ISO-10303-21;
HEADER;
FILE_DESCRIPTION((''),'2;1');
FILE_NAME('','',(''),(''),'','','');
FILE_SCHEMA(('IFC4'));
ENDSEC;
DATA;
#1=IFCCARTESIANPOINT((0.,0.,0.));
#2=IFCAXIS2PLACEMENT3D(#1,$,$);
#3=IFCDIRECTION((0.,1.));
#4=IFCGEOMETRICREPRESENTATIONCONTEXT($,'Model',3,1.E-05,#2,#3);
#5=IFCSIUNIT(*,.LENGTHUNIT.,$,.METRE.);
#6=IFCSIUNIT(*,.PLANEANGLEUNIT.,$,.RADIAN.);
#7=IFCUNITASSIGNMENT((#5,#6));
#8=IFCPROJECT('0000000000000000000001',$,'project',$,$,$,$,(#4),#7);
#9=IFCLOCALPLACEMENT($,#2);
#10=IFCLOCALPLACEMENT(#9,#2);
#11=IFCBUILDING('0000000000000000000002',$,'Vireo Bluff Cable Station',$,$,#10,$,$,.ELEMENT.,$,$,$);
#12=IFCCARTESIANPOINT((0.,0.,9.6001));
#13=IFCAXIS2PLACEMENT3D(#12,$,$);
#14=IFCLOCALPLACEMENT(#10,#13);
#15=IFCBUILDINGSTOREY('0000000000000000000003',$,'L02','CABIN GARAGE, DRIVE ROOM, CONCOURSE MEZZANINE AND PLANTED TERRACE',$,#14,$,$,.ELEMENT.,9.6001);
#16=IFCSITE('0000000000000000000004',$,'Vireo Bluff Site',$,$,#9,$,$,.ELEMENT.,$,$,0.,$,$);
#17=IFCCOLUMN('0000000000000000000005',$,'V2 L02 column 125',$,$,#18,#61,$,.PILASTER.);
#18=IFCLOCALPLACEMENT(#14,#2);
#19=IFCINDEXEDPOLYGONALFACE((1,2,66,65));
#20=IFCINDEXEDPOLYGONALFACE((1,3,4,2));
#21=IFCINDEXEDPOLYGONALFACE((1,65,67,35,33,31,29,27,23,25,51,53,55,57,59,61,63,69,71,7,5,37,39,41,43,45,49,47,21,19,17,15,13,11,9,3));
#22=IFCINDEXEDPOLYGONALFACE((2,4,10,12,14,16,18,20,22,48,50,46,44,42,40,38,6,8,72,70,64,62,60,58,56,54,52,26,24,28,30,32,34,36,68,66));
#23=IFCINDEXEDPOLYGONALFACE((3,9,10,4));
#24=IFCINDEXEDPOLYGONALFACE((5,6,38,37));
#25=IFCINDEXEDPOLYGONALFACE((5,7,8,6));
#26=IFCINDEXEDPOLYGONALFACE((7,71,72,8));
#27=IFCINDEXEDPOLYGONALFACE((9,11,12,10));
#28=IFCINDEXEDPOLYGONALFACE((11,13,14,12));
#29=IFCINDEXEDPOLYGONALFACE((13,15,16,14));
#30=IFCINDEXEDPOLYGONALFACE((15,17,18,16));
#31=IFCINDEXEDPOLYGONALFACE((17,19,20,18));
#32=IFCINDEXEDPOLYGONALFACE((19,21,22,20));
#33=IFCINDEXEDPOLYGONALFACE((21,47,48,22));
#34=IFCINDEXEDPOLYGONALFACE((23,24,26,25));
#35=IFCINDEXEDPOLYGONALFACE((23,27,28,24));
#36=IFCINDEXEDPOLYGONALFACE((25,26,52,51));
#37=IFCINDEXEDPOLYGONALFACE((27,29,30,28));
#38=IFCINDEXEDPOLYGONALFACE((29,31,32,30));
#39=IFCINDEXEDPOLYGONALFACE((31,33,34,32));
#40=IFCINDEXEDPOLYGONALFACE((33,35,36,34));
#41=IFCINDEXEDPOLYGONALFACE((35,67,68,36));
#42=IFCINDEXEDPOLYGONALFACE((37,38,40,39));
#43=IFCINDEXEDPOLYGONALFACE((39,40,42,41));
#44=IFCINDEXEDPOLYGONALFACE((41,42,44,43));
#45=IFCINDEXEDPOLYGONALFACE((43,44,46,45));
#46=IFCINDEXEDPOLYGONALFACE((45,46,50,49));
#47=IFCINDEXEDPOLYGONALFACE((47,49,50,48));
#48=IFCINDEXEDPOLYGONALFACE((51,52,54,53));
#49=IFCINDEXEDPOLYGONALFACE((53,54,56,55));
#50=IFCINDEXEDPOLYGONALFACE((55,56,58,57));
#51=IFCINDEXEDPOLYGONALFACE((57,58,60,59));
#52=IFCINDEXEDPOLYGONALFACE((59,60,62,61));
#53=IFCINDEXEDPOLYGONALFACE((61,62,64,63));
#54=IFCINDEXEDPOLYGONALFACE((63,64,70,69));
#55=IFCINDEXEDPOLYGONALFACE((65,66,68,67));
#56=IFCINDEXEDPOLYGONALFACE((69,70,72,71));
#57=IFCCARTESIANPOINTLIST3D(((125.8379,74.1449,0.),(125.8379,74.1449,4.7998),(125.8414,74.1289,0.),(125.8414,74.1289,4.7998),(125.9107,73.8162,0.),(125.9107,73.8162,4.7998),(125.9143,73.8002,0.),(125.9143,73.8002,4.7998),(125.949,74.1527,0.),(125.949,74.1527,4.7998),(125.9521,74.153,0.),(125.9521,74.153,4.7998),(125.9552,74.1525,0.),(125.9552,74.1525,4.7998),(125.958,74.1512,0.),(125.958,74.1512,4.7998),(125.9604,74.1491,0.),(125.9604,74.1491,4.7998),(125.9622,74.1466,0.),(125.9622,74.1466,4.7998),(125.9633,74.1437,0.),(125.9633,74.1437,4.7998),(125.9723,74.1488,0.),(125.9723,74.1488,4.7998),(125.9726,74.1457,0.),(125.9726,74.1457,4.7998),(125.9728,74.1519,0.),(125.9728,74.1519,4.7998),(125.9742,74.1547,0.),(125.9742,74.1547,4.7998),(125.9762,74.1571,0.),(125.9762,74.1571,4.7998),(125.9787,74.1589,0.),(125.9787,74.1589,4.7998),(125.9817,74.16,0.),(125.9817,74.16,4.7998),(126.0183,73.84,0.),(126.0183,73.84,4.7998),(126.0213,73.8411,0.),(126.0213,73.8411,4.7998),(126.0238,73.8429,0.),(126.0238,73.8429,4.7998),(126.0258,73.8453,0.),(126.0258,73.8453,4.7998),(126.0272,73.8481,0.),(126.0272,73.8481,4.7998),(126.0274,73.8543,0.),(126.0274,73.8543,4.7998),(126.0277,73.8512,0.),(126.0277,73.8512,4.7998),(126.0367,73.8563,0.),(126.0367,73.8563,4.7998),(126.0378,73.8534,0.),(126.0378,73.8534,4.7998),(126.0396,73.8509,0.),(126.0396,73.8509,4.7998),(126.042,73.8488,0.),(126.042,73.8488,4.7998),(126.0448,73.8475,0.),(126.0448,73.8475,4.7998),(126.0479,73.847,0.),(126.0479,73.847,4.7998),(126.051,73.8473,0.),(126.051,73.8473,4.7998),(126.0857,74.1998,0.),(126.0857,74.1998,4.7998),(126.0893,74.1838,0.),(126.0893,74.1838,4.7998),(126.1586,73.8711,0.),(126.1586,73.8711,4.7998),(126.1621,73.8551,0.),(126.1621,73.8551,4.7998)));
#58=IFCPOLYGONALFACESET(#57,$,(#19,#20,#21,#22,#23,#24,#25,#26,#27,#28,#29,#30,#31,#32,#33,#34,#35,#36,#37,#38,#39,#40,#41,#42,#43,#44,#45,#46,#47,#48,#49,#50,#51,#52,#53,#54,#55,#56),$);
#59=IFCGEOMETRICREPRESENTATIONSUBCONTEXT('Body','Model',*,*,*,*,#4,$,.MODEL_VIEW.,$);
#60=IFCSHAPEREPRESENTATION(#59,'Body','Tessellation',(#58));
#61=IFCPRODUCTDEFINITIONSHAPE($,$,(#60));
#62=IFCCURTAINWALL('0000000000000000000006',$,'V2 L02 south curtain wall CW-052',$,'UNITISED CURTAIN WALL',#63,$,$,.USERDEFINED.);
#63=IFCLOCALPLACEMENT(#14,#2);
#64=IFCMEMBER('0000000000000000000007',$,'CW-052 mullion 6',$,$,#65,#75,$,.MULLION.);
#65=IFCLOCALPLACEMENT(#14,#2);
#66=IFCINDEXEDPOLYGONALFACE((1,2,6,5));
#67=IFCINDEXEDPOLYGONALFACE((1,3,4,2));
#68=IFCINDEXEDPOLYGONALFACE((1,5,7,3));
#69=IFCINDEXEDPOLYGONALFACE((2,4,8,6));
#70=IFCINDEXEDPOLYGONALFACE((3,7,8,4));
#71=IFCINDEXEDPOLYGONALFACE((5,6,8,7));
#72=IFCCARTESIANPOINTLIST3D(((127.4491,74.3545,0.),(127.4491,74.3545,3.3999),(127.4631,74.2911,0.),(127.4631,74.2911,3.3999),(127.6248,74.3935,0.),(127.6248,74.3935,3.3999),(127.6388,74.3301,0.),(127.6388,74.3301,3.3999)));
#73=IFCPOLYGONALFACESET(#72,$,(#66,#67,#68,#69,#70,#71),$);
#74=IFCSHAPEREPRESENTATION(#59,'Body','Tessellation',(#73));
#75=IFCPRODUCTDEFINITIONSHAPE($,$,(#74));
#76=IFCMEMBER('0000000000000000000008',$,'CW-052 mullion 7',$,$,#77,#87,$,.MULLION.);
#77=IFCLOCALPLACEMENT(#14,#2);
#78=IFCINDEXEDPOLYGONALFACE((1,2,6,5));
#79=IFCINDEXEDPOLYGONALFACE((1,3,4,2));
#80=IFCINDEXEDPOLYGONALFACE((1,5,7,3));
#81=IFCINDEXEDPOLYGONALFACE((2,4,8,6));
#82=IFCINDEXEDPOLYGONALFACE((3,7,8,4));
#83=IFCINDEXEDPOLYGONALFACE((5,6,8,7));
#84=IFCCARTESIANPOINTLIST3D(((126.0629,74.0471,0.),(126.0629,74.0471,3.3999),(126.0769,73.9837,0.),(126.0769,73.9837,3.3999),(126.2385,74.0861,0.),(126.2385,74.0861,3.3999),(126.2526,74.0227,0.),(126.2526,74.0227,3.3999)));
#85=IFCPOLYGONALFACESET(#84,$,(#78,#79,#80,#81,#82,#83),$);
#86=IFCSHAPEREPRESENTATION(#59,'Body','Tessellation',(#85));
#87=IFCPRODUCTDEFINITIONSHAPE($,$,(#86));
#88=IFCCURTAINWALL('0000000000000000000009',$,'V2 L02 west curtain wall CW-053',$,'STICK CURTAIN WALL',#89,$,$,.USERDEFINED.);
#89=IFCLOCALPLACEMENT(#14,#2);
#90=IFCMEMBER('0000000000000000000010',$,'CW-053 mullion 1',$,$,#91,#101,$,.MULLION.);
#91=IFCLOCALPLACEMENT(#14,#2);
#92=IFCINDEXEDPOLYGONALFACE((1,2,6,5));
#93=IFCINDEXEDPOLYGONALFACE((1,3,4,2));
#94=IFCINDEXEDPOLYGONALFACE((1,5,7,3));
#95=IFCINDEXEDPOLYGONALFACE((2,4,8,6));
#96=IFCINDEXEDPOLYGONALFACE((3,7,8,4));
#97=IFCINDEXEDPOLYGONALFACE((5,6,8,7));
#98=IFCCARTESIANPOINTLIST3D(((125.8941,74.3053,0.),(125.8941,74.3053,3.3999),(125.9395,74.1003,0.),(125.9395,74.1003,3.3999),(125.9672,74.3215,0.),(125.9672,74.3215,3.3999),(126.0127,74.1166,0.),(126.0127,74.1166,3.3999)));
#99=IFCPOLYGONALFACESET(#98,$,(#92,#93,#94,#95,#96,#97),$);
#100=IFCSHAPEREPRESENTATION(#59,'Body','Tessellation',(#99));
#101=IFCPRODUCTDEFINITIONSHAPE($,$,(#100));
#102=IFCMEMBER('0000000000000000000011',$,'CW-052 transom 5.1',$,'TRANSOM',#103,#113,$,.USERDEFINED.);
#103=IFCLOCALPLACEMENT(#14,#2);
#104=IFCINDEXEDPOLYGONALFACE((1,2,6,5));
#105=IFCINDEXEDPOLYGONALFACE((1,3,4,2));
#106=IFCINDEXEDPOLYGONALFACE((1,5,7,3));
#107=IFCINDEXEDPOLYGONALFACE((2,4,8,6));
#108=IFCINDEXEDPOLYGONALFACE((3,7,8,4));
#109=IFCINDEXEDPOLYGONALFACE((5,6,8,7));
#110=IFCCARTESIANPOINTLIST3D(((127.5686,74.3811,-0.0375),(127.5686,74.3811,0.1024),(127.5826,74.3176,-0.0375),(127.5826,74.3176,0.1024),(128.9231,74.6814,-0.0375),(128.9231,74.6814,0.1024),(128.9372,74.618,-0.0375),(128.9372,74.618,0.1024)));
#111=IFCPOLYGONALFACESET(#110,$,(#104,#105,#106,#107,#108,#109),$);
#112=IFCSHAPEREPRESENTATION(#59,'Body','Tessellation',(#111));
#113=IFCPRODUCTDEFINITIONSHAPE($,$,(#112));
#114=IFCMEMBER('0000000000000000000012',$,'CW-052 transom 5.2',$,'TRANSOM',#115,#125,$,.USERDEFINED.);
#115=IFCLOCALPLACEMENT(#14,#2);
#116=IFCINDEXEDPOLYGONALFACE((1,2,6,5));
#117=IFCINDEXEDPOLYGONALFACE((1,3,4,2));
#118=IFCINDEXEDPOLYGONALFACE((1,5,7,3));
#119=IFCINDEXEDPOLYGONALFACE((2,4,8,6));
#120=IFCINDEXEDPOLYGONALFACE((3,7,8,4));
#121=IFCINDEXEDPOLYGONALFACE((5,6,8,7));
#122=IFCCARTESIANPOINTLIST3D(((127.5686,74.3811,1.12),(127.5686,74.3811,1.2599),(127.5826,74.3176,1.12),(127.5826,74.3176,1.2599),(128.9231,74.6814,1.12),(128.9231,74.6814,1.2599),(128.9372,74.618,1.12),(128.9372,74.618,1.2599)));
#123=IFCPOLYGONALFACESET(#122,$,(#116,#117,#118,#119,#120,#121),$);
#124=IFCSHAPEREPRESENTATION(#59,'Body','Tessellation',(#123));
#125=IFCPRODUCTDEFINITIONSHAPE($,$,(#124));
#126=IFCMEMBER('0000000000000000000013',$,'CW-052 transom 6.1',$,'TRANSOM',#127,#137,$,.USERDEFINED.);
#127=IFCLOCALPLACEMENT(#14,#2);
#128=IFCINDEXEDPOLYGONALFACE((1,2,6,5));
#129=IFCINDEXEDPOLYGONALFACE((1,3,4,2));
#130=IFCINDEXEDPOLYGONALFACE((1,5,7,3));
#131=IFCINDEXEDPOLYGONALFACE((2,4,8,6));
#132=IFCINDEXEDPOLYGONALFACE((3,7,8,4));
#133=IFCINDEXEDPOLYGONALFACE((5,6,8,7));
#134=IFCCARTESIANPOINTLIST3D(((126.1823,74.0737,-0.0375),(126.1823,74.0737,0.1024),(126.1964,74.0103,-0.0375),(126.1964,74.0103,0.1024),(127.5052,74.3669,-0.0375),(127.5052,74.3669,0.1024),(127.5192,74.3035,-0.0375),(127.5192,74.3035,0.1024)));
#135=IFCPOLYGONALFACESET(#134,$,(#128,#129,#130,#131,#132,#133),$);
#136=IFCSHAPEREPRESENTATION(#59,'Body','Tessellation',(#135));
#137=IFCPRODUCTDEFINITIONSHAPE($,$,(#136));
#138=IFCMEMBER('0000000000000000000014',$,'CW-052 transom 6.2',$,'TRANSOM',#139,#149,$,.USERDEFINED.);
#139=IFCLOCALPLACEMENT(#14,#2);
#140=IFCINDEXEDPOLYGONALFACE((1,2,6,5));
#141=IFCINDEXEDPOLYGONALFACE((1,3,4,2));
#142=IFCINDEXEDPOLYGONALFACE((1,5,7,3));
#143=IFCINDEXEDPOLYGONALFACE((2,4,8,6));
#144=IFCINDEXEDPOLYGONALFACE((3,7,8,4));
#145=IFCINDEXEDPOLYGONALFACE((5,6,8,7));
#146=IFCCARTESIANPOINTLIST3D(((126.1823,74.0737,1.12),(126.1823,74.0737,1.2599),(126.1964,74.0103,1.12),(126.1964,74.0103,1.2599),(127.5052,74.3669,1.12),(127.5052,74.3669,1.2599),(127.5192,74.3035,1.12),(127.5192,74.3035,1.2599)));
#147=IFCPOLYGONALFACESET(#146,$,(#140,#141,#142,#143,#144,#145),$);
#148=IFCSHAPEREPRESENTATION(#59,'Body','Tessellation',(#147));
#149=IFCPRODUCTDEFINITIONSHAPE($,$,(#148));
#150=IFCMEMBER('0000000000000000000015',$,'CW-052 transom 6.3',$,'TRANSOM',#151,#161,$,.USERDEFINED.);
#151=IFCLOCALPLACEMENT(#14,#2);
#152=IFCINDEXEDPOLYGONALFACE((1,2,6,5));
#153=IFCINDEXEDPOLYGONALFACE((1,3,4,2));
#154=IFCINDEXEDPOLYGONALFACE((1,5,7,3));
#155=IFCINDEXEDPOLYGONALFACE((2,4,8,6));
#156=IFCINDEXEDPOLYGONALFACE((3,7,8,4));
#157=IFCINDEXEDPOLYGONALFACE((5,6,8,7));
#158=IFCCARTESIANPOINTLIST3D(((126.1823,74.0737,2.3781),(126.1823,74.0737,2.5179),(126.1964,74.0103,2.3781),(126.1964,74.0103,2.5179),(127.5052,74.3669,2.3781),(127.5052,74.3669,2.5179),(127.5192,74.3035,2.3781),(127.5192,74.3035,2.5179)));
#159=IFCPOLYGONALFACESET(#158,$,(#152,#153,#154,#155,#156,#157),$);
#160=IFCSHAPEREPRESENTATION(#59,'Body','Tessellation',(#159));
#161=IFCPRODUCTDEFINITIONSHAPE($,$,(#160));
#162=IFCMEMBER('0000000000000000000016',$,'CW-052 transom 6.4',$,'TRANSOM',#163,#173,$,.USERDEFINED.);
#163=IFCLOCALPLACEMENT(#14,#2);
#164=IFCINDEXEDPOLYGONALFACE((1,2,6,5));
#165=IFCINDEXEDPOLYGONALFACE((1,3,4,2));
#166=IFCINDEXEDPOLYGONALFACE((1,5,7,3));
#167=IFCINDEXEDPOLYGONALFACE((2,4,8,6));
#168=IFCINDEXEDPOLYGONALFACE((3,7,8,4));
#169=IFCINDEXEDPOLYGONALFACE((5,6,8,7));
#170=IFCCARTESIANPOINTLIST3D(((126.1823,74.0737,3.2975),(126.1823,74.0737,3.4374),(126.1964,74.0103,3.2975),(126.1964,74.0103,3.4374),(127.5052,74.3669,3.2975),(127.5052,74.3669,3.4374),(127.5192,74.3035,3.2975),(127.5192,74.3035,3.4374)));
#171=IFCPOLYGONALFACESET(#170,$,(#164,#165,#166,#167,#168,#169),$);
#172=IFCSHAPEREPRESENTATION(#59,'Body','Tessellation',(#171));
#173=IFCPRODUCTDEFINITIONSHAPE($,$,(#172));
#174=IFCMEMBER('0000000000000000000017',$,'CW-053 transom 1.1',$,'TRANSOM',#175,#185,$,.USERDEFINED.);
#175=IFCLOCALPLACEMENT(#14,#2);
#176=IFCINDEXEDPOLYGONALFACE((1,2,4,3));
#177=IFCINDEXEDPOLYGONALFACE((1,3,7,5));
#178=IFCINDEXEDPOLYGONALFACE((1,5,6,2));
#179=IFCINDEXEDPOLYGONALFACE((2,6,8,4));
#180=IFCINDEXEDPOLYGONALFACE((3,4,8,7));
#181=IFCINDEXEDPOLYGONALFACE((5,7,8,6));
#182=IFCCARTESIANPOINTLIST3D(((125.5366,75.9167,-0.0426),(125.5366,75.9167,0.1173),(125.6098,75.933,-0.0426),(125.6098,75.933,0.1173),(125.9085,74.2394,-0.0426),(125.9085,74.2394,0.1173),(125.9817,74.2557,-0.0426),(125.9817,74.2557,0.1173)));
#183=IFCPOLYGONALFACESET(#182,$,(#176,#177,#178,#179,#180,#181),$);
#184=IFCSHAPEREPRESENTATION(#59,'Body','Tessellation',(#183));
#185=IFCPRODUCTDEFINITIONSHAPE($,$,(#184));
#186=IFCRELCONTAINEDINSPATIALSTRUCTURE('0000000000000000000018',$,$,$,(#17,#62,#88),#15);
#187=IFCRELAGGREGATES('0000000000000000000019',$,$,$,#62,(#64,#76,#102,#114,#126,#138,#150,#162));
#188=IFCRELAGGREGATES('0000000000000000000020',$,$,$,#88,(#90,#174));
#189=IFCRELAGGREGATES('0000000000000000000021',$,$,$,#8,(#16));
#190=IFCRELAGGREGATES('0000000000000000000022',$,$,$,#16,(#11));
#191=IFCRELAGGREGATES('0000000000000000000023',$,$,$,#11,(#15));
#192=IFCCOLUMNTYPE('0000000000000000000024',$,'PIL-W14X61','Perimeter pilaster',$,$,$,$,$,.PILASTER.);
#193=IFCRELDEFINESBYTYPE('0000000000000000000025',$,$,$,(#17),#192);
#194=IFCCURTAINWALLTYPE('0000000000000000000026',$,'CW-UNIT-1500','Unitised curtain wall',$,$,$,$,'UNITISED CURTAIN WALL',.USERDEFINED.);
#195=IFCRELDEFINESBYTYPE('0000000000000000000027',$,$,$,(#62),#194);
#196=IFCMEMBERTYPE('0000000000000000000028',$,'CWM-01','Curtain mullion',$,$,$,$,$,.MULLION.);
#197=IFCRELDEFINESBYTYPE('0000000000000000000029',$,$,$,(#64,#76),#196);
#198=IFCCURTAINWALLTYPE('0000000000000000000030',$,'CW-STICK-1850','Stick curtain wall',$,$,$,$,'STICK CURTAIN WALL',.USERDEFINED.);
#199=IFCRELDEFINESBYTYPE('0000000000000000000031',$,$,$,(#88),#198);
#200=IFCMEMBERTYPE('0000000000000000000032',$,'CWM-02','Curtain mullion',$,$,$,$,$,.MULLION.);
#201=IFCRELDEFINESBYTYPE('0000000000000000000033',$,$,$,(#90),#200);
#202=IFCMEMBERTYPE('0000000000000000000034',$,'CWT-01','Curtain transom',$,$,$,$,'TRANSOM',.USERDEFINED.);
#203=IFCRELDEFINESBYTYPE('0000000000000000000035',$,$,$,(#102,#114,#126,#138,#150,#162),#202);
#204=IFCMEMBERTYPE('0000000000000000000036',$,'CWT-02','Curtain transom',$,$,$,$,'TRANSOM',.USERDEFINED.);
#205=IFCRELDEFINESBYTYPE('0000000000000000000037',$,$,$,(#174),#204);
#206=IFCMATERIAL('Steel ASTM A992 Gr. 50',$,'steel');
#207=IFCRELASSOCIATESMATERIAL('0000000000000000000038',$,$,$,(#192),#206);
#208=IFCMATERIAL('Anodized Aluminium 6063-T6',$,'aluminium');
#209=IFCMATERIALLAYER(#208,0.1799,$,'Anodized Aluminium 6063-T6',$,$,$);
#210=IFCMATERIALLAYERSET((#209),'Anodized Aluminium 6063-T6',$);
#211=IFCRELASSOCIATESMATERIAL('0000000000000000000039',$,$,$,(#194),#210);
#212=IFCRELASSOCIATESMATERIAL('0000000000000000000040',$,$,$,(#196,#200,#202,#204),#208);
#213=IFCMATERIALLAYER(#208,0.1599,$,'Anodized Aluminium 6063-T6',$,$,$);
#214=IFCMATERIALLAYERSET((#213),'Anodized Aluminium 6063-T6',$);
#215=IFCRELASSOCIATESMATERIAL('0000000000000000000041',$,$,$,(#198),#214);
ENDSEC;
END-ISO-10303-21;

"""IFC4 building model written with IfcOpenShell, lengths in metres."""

from ifc_helpers import new_model, si_unit, direction, frame, origin, origin_2d, place, context, subcontext, project, spatial, rectangle, i_section, extrude, material, layer, layer_set, material_profile, profile_set, type_object, element, aggregate, save


model = new_model("IFC4")

# Units and contexts
model_context = context("Model", 3, precision=1e-05, world=origin(), true_north=direction((0.0, 1.0)))
body_context = subcontext(model_context, "Body", "Model", "MODEL_VIEW")
ifc_project = project(units=[si_unit("LENGTHUNIT", "METRE"), si_unit("PLANEANGLEUNIT", "RADIAN")], contexts=[model_context])

# Site, building, storey
site_placement = place(None, origin())
site = spatial("IfcSite", under=ifc_project, at=site_placement, Name="Vireo Bluff Site", CompositionType="ELEMENT", RefElevation=0.0)
building_placement = place(site_placement, origin())
building = spatial("IfcBuilding", under=site, at=building_placement, Name="Vireo Bluff Cable Station", CompositionType="ELEMENT")
storey_placement = place(building_placement, frame((0.0, 0.0, 9.6001)))
storey = spatial("IfcBuildingStorey", under=building, at=storey_placement, Name="L02", Description="CABIN GARAGE, DRIVE ROOM, CONCOURSE MEZZANINE AND PLANTED TERRACE", CompositionType="ELEMENT", Elevation=9.6001)

# Column
ifc_material_1 = material(Name="Steel ASTM A992 Gr. 50", Category="steel")
ifc_material_profile_1 = material_profile(ifc_material_1, i_section(OverallWidth=0.2539, OverallDepth=0.353, WebThickness=0.0095, FlangeThickness=0.0164, FilletRadius=0.012, at=origin_2d()), Name="W14X61")
ifc_profile_set_1 = profile_set([ifc_material_profile_1], Name="Steel ASTM A992 Gr. 50")
column_type = type_object("IfcColumnType", Name="PIL-W14X61", Description="Perimeter pilaster", PredefinedType="PILASTER", material=ifc_profile_set_1)
column_placement = place(storey_placement, frame((126.0, 74.0, 0.0), z_axis=(0.0, 0.0, 1.0), x_axis=(0.976296, 0.21644, 0.0)))
element("IfcColumn", 1, at=column_placement, inside=storey, type_object=column_type, Name="V2 L02 column 125", PredefinedType="PILASTER", context=body_context, shape_type="SweptSolid", body=[
    extrude(i_section(OverallWidth=0.2539, OverallDepth=0.353, WebThickness=0.0095, FlangeThickness=0.0164, FilletRadius=0.012, at=origin_2d()), origin(), (0.0, 0.0, 1.0), 4.7998),
])

# Curtain wall, members
ifc_material_2 = material(Name="Anodized Aluminium 6063-T6", Category="aluminium")
ifc_layer_1 = layer(ifc_material_2, 0.1799, Name="Anodized Aluminium 6063-T6")
ifc_layer_set_1 = layer_set([ifc_layer_1], Name="Anodized Aluminium 6063-T6")
curtain_wall_type_1 = type_object("IfcCurtainWallType", Name="CW-UNIT-1500", Description="Unitised curtain wall", ElementType="UNITISED CURTAIN WALL", PredefinedType="USERDEFINED", material=ifc_layer_set_1)
curtain_wall_1_placement = place(storey_placement, origin())
curtain_wall_1 = element("IfcCurtainWall", 2, at=curtain_wall_1_placement, inside=storey, type_object=curtain_wall_type_1, Name="V2 L02 south curtain wall CW-052", ObjectType="UNITISED CURTAIN WALL", PredefinedType="USERDEFINED")
ifc_material_profile_2 = material_profile(ifc_material_2, rectangle(XDim=0.0649, YDim=0.1799, at=origin_2d()), Name="ALU-M-65X180")
ifc_profile_set_2 = profile_set([ifc_material_profile_2], Name="Anodized Aluminium 6063-T6")
member_type_1 = type_object("IfcMemberType", Name="CWM-01", Description="Curtain mullion", PredefinedType="MULLION", material=ifc_profile_set_2)
member_1_placement = place(storey_placement, frame((127.5439, 74.3423, 0.0), z_axis=(0.0, 0.0, 1.0), x_axis=(0.21644, -0.976296, 0.0)))
member_1 = element("IfcMember", 3, at=member_1_placement, type_object=member_type_1, Name="CW-052 mullion 6", PredefinedType="MULLION", context=body_context, shape_type="SweptSolid", body=[
    extrude(rectangle(XDim=0.0649, YDim=0.1799, at=origin_2d()), origin(), (0.0, 0.0, 1.0), 3.3999),
])
member_2_placement = place(storey_placement, frame((126.1577, 74.0349, 0.0), z_axis=(0.0, 0.0, 1.0), x_axis=(0.21644, -0.976296, 0.0)))
member_2 = element("IfcMember", 4, at=member_2_placement, type_object=member_type_1, Name="CW-052 mullion 7", PredefinedType="MULLION", context=body_context, shape_type="SweptSolid", body=[
    extrude(rectangle(XDim=0.0649, YDim=0.1799, at=origin_2d()), origin(), (0.0, 0.0, 1.0), 3.3999),
])

# Curtain wall, member
ifc_layer_2 = layer(ifc_material_2, 0.1599, Name="Anodized Aluminium 6063-T6")
ifc_layer_set_2 = layer_set([ifc_layer_2], Name="Anodized Aluminium 6063-T6")
curtain_wall_type_2 = type_object("IfcCurtainWallType", Name="CW-STICK-1850", Description="Stick curtain wall", ElementType="STICK CURTAIN WALL", PredefinedType="USERDEFINED", material=ifc_layer_set_2)
curtain_wall_2_placement = place(storey_placement, origin())
curtain_wall_2 = element("IfcCurtainWall", 5, at=curtain_wall_2_placement, inside=storey, type_object=curtain_wall_type_2, Name="V2 L02 west curtain wall CW-053", ObjectType="STICK CURTAIN WALL", PredefinedType="USERDEFINED")
ifc_material_profile_3 = material_profile(ifc_material_2, rectangle(XDim=0.075, YDim=0.21, at=origin_2d()), Name="ALU-M-75X210")
ifc_profile_set_3 = profile_set([ifc_material_profile_3], Name="Anodized Aluminium 6063-T6")
member_type_2 = type_object("IfcMemberType", Name="CWM-02", Description="Curtain mullion", PredefinedType="MULLION", material=ifc_profile_set_3)
member_3_placement = place(storey_placement, frame((125.9534, 74.2109, 0.0), z_axis=(0.0, 0.0, 1.0), x_axis=(-0.976296, -0.21644, 0.0)))
member_3 = element("IfcMember", 6, at=member_3_placement, type_object=member_type_2, Name="CW-053 mullion 1", PredefinedType="MULLION", context=body_context, shape_type="SweptSolid", body=[
    extrude(rectangle(XDim=0.075, YDim=0.21, at=origin_2d()), origin(), (0.0, 0.0, 1.0), 3.3999),
])

# Members
ifc_material_profile_4 = material_profile(ifc_material_2, rectangle(XDim=0.0649, YDim=0.1399, at=origin_2d()), Name="ALU-T-65X140")
ifc_profile_set_4 = profile_set([ifc_material_profile_4], Name="Anodized Aluminium 6063-T6")
member_type_3 = type_object("IfcMemberType", Name="CWT-01", Description="Curtain transom", ElementType="TRANSOM", PredefinedType="USERDEFINED", material=ifc_profile_set_4)
member_4_placement = place(storey_placement, frame((128.9302, 74.6497, 0.0325), z_axis=(-0.976295, -0.216446, 0.0), x_axis=(0.216446, -0.976295, 0.0)))
member_4 = element("IfcMember", 7, at=member_4_placement, type_object=member_type_3, Name="CW-052 transom 5.1", ObjectType="TRANSOM", PredefinedType="USERDEFINED", context=body_context, shape_type="SweptSolid", body=[
    extrude(rectangle(XDim=0.0649, YDim=0.1399, at=origin_2d()), origin(), (0.0, 0.0, 1.0), 1.3875),
])
member_5_placement = place(storey_placement, frame((128.9302, 74.6497, 1.1899), z_axis=(-0.976295, -0.216446, 0.0), x_axis=(0.216446, -0.976295, 0.0)))
member_5 = element("IfcMember", 8, at=member_5_placement, type_object=member_type_3, Name="CW-052 transom 5.2", ObjectType="TRANSOM", PredefinedType="USERDEFINED", context=body_context, shape_type="SweptSolid", body=[
    extrude(rectangle(XDim=0.0649, YDim=0.1399, at=origin_2d()), origin(), (0.0, 0.0, 1.0), 1.3875),
])
member_6_placement = place(storey_placement, frame((127.5122, 74.3352, 0.0325), z_axis=(-0.976301, -0.216415, 0.0), x_axis=(0.216415, -0.976301, 0.0)))
member_6 = element("IfcMember", 9, at=member_6_placement, type_object=member_type_3, Name="CW-052 transom 6.1", ObjectType="TRANSOM", PredefinedType="USERDEFINED", context=body_context, shape_type="SweptSolid", body=[
    extrude(rectangle(XDim=0.0649, YDim=0.1399, at=origin_2d()), origin(), (0.0, 0.0, 1.0), 1.355),
])
member_7_placement = place(storey_placement, frame((127.5122, 74.3352, 1.1899), z_axis=(-0.976301, -0.216415, 0.0), x_axis=(0.216415, -0.976301, 0.0)))
member_7 = element("IfcMember", 10, at=member_7_placement, type_object=member_type_3, Name="CW-052 transom 6.2", ObjectType="TRANSOM", PredefinedType="USERDEFINED", context=body_context, shape_type="SweptSolid", body=[
    extrude(rectangle(XDim=0.0649, YDim=0.1399, at=origin_2d()), origin(), (0.0, 0.0, 1.0), 1.355),
])
member_8_placement = place(storey_placement, frame((127.5122, 74.3352, 2.448), z_axis=(-0.976301, -0.216415, 0.0), x_axis=(0.216415, -0.976301, 0.0)))
member_8 = element("IfcMember", 11, at=member_8_placement, type_object=member_type_3, Name="CW-052 transom 6.3", ObjectType="TRANSOM", PredefinedType="USERDEFINED", context=body_context, shape_type="SweptSolid", body=[
    extrude(rectangle(XDim=0.0649, YDim=0.1399, at=origin_2d()), origin(), (0.0, 0.0, 1.0), 1.355),
])
member_9_placement = place(storey_placement, frame((127.5122, 74.3352, 3.3674), z_axis=(-0.976301, -0.216415, 0.0), x_axis=(0.216415, -0.976301, 0.0)))
member_9 = element("IfcMember", 12, at=member_9_placement, type_object=member_type_3, Name="CW-052 transom 6.4", ObjectType="TRANSOM", PredefinedType="USERDEFINED", context=body_context, shape_type="SweptSolid", body=[
    extrude(rectangle(XDim=0.0649, YDim=0.1399, at=origin_2d()), origin(), (0.0, 0.0, 1.0), 1.355),
])
ifc_material_profile_5 = material_profile(ifc_material_2, rectangle(XDim=0.075, YDim=0.1599, at=origin_2d()), Name="ALU-T-75X160")
ifc_profile_set_5 = profile_set([ifc_material_profile_5], Name="Anodized Aluminium 6063-T6")
member_type_4 = type_object("IfcMemberType", Name="CWT-02", Description="Curtain transom", ElementType="TRANSOM", PredefinedType="USERDEFINED", material=ifc_profile_set_5)
member_10_placement = place(storey_placement, frame((125.9451, 74.2476, 0.0374), z_axis=(-0.216434, 0.976297, 0.0), x_axis=(-0.976297, -0.216434, 0.0)))
member_10 = element("IfcMember", 13, at=member_10_placement, type_object=member_type_4, Name="CW-053 transom 1.1", ObjectType="TRANSOM", PredefinedType="USERDEFINED", context=body_context, shape_type="SweptSolid", body=[
    extrude(rectangle(XDim=0.075, YDim=0.1599, at=origin_2d()), origin(), (0.0, 0.0, 1.0), 1.718),
])

aggregate(curtain_wall_1, [member_1, member_2, member_4, member_5, member_6, member_7, member_8, member_9])
aggregate(curtain_wall_2, [member_3, member_10])

save(model, "model.ifc")
